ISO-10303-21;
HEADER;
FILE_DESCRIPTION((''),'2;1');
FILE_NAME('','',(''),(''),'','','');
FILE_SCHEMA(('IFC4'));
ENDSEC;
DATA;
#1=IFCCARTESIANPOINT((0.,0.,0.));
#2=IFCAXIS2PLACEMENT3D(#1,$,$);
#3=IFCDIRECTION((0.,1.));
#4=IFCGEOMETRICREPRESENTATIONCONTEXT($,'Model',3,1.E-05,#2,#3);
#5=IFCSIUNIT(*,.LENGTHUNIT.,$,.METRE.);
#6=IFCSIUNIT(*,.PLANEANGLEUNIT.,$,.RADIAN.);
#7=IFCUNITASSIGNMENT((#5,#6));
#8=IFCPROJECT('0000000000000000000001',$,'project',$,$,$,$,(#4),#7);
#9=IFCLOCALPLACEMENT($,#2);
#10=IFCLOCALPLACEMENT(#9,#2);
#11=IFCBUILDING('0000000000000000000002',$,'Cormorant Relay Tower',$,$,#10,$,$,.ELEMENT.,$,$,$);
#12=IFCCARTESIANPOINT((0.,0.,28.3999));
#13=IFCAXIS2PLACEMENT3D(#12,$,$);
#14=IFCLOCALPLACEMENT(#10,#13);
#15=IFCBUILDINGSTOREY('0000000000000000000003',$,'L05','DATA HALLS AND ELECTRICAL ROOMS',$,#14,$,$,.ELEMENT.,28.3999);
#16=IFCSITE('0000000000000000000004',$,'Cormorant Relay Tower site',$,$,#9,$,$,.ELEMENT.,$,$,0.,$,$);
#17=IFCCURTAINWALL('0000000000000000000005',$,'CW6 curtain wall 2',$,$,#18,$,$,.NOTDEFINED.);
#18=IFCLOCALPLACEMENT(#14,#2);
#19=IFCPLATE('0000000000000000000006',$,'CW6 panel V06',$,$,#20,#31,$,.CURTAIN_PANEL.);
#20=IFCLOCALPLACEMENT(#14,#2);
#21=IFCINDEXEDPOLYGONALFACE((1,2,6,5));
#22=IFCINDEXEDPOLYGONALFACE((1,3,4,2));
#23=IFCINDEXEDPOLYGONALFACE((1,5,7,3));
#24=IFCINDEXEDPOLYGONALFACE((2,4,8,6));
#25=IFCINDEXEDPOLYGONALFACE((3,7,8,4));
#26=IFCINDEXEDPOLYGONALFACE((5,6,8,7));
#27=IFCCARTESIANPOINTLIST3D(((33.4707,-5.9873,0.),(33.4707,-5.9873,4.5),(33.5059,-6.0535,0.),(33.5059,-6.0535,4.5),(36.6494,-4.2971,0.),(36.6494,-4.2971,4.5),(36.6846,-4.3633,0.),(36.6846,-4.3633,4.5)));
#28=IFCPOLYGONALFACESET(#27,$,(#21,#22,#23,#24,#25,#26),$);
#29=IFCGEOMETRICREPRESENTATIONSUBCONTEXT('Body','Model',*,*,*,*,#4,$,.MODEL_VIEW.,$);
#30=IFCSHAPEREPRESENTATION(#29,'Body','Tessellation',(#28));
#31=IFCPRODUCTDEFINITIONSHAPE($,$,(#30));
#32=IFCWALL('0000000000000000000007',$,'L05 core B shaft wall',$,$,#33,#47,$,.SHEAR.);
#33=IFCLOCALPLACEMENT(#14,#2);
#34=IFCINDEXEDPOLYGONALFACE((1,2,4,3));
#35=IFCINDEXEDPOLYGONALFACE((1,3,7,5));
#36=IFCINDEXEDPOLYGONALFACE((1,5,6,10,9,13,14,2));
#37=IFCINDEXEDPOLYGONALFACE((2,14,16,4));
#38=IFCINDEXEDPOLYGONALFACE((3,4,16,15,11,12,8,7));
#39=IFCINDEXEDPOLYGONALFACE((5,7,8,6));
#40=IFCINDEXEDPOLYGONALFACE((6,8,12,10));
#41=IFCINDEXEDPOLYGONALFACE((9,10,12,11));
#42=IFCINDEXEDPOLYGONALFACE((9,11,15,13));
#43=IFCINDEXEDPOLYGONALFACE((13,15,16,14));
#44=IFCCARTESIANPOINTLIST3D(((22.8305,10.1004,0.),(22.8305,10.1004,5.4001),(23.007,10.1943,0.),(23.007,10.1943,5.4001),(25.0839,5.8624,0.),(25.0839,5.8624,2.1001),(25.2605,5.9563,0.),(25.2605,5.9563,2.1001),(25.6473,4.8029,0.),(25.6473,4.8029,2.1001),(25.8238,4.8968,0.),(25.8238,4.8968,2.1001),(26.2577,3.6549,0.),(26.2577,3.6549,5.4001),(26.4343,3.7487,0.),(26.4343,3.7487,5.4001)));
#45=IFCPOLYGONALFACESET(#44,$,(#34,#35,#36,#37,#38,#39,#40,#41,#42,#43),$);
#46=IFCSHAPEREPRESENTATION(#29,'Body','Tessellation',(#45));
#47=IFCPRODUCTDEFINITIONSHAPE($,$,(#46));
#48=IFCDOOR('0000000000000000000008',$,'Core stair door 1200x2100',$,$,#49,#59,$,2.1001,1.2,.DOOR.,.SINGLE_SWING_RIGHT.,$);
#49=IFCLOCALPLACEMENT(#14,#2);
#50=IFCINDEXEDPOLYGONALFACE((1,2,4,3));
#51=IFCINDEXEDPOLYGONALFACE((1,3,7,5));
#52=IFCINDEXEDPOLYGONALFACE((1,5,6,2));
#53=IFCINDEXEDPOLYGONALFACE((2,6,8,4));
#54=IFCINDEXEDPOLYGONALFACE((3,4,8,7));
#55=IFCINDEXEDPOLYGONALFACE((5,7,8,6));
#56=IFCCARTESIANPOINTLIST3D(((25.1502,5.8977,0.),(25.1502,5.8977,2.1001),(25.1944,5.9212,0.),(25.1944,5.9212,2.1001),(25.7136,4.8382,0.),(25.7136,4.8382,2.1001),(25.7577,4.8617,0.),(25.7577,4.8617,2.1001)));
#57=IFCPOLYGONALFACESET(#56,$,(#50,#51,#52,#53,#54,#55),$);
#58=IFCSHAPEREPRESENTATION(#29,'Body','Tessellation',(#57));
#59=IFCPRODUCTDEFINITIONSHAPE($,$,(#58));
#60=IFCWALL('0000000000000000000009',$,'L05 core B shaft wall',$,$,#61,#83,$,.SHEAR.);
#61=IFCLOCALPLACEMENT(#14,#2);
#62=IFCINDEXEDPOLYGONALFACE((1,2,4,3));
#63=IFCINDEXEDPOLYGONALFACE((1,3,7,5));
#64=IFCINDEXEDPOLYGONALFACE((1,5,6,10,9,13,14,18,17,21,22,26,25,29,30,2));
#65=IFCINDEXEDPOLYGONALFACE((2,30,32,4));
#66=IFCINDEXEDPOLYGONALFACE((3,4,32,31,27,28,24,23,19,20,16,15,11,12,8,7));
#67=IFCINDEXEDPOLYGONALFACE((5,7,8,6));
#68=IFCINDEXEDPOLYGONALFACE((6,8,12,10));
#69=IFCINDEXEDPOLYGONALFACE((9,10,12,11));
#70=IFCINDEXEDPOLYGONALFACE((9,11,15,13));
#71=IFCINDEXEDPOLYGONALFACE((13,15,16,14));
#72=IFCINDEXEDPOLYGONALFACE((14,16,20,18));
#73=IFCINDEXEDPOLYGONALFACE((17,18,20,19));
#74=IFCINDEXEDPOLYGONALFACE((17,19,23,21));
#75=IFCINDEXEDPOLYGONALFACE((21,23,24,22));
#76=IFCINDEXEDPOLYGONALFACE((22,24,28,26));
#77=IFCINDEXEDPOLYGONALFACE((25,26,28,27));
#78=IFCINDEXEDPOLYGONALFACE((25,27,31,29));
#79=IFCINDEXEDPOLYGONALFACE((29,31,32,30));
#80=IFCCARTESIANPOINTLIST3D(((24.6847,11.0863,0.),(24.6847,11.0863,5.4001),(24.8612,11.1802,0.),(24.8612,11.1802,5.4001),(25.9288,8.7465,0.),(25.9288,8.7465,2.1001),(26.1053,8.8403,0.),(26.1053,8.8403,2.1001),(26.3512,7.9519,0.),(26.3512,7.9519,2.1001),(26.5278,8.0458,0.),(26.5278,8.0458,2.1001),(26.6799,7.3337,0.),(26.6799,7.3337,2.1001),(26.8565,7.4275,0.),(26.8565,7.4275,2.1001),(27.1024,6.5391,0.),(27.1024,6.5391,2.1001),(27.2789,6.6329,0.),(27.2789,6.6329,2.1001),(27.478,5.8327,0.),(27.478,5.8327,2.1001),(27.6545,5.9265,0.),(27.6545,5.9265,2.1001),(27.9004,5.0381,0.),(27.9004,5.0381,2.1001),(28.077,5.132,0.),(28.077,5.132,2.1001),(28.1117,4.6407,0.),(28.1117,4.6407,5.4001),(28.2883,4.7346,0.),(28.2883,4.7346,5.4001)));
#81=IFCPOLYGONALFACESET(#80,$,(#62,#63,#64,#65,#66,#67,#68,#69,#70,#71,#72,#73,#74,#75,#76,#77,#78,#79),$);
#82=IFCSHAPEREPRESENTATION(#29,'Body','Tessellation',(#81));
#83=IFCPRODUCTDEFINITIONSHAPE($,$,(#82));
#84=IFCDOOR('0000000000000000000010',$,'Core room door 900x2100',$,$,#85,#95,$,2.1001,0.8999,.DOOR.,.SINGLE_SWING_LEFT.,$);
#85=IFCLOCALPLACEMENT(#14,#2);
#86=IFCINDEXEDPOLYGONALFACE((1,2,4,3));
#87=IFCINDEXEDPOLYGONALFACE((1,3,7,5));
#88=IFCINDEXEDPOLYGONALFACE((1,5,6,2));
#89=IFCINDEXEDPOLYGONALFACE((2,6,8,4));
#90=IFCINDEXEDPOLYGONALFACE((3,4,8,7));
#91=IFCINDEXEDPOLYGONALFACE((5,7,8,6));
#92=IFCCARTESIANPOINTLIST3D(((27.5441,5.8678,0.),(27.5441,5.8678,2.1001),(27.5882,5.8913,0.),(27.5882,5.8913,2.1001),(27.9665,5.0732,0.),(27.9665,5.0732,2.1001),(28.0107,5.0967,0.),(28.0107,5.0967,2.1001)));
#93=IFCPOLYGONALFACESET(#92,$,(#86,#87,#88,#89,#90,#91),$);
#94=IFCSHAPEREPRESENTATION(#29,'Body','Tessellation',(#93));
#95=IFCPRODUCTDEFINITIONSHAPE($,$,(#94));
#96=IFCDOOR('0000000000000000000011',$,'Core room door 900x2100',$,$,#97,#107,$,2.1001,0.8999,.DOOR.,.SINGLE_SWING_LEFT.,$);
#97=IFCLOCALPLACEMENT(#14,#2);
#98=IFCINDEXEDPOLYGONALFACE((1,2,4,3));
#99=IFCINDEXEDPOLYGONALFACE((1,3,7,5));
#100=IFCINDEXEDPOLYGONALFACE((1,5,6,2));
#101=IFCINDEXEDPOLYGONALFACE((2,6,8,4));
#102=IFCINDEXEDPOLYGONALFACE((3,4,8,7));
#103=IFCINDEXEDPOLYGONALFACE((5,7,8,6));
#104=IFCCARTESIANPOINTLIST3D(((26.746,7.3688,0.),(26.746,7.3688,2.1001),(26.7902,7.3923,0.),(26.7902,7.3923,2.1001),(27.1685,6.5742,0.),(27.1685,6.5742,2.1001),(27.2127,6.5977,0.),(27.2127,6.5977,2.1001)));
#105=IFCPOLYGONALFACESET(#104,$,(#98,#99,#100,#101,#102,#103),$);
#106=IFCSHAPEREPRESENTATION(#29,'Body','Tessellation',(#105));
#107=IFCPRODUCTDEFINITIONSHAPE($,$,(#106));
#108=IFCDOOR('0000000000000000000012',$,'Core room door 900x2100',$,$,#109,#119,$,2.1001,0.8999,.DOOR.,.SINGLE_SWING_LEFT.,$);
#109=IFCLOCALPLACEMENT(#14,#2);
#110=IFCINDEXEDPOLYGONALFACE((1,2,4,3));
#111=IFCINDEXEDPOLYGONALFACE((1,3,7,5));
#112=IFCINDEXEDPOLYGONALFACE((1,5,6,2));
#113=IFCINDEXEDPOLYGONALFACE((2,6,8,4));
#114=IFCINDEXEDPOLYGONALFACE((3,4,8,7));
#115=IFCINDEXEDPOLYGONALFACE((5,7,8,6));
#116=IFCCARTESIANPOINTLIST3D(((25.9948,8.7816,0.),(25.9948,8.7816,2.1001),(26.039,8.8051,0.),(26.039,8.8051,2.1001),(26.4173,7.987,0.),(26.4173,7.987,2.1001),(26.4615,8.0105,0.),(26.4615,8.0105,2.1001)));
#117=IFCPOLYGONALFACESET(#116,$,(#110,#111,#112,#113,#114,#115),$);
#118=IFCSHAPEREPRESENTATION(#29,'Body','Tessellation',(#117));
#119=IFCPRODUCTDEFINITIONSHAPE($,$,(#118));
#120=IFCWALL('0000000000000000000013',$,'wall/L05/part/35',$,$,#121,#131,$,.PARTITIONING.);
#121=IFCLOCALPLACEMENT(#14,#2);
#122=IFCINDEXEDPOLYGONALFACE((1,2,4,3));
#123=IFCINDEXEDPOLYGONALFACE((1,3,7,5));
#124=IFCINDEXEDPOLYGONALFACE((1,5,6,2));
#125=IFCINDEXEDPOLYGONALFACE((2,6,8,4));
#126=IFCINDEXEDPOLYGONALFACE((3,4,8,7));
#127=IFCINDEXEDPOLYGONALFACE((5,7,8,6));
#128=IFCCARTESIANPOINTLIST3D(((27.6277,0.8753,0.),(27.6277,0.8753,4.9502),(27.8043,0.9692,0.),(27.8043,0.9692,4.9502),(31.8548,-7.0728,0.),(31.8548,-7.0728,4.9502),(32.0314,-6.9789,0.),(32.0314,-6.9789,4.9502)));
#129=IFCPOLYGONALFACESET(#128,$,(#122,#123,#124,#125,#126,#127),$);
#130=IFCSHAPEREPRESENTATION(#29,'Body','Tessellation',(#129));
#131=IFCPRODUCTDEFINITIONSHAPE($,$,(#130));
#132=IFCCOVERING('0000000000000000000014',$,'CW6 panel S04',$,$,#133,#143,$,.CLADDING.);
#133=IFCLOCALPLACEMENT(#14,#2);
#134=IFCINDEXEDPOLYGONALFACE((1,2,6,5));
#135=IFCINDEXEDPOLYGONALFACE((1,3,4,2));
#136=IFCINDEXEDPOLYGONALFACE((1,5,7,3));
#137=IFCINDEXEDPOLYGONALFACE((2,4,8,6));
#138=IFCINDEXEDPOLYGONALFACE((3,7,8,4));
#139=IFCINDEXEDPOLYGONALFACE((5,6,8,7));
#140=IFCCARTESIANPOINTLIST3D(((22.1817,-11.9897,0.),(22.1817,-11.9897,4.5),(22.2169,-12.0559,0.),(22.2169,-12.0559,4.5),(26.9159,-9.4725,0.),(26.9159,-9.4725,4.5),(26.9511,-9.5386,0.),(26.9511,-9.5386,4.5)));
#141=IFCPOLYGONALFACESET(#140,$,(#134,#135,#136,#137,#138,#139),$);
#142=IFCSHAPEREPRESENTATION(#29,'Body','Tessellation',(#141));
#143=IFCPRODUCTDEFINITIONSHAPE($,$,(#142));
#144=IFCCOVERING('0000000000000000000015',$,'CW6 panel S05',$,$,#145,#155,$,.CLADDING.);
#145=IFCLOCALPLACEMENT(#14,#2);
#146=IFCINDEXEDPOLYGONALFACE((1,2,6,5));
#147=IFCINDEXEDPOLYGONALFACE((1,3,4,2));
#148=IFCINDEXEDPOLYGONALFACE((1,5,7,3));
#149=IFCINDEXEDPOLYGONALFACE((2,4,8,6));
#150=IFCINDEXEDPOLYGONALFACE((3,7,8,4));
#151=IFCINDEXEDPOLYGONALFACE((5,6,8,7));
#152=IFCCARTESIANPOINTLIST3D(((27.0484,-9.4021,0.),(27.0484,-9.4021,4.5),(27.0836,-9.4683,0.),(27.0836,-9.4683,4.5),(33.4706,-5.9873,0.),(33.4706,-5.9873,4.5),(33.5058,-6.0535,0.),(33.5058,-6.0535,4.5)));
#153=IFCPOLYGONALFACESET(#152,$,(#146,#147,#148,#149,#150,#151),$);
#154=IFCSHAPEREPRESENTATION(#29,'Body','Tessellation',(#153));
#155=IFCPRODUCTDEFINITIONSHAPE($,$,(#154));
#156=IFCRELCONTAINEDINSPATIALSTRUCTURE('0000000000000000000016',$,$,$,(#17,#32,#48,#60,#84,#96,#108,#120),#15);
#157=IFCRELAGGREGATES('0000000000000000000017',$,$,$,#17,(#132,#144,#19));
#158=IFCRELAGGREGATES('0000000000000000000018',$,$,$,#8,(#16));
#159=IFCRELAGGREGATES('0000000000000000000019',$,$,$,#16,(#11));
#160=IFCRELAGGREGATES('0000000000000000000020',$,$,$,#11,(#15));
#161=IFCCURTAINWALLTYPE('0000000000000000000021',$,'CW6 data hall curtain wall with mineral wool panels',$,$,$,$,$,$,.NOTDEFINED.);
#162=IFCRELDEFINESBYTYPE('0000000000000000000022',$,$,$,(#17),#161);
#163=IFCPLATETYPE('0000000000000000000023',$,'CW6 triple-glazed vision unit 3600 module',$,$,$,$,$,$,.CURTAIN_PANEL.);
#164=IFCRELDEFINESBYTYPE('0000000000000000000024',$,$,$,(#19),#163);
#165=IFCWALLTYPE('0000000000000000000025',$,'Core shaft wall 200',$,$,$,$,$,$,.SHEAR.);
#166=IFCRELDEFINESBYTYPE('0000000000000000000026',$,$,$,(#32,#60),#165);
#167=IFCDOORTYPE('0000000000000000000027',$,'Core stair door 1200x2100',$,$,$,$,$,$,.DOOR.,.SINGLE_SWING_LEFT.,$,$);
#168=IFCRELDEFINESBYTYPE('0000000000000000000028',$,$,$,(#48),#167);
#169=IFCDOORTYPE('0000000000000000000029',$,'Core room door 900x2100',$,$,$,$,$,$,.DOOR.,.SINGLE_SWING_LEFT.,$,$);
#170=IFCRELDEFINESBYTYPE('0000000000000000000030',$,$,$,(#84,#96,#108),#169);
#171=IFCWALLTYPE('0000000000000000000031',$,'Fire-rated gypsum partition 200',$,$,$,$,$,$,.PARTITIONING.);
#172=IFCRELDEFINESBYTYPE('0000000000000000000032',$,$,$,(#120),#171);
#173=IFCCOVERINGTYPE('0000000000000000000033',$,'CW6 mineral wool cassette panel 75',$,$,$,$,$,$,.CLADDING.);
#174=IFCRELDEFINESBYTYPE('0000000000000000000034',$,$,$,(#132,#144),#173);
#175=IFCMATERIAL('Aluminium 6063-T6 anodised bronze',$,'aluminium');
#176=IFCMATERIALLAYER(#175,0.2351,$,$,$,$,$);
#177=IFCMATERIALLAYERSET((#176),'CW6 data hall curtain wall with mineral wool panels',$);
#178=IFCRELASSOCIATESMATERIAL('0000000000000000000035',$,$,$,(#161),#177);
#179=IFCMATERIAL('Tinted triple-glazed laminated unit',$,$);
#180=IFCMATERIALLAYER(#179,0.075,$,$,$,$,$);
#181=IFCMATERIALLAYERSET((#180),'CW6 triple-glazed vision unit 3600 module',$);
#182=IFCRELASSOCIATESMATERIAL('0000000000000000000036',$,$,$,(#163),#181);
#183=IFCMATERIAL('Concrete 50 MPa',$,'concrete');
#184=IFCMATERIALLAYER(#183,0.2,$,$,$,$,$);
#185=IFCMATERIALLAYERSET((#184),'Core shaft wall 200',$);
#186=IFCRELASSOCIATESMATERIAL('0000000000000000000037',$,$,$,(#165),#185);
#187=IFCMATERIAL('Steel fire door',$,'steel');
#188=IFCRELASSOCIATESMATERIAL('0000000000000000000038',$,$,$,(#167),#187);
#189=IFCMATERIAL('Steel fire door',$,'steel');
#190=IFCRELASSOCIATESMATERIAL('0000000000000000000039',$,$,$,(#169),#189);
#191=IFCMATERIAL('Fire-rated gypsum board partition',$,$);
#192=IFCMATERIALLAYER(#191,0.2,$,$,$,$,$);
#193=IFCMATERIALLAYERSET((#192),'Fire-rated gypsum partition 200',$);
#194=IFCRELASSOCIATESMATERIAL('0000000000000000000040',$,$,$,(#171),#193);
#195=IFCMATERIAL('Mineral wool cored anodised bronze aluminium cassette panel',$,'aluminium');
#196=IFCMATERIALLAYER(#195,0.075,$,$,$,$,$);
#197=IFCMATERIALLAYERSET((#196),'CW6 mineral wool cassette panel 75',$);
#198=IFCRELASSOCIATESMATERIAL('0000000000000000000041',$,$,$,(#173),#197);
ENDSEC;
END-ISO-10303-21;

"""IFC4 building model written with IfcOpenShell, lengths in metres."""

from ifc_helpers import new_model, si_unit, direction, frame, frame_2d, origin, origin_2d, place, context, subcontext, project, spatial, rectangle, extrude, material, layer, layer_set, type_object, element, fill, aggregate, save


model = new_model("IFC4")

# Units and contexts
model_context = context("Model", 3, precision=1e-05, world=origin(), true_north=direction((0.0, 1.0)))
body_context = subcontext(model_context, "Body", "Model", "MODEL_VIEW")
ifc_project = project(units=[si_unit("LENGTHUNIT", "METRE"), si_unit("PLANEANGLEUNIT", "RADIAN")], contexts=[model_context])

# Site, building, storey
site_placement = place(None, origin())
site = spatial("IfcSite", under=ifc_project, at=site_placement, Name="Cormorant Relay Tower site", CompositionType="ELEMENT", RefElevation=0.0)
building_placement = place(site_placement, origin())
building = spatial("IfcBuilding", under=site, at=building_placement, Name="Cormorant Relay Tower", CompositionType="ELEMENT")
storey_placement = place(building_placement, frame((0.0, 0.0, 28.3999)))
storey = spatial("IfcBuildingStorey", under=building, at=storey_placement, Name="L05", Description="DATA HALLS AND ELECTRICAL ROOMS", CompositionType="ELEMENT", Elevation=28.3999)

# Curtain wall
ifc_material_1 = material(Name="Aluminium 6063-T6 anodised bronze", Category="aluminium")
ifc_layer_1 = layer(ifc_material_1, 0.2351)
ifc_layer_set_1 = layer_set([ifc_layer_1], Name="CW6 data hall curtain wall with mineral wool panels")
curtain_wall_type = type_object("IfcCurtainWallType", Name="CW6 data hall curtain wall with mineral wool panels", PredefinedType="NOTDEFINED", material=ifc_layer_set_1)
curtain_wall_placement = place(storey_placement, origin())
curtain_wall = element("IfcCurtainWall", 1, at=curtain_wall_placement, inside=storey, type_object=curtain_wall_type, Name="CW6 curtain wall 2", PredefinedType="NOTDEFINED")

# Plate
ifc_material_2 = material(Name="Tinted triple-glazed laminated unit")
ifc_layer_2 = layer(ifc_material_2, 0.075)
ifc_layer_set_2 = layer_set([ifc_layer_2], Name="CW6 triple-glazed vision unit 3600 module")
plate_type = type_object("IfcPlateType", Name="CW6 triple-glazed vision unit 3600 module", PredefinedType="CURTAIN_PANEL", material=ifc_layer_set_2)
plate_placement = place(storey_placement, frame((35.0776, -5.1753, 0.0), z_axis=(0.0, 0.0, 1.0), x_axis=(0.882948, 0.469472, 0.0)))
plate = element("IfcPlate", 2, at=plate_placement, type_object=plate_type, Name="CW6 panel V06", PredefinedType="CURTAIN_PANEL", context=body_context, shape_type="SweptSolid", body=[
    extrude(rectangle(XDim=3.6001, YDim=0.075, at=origin_2d()), origin(), (0.0, 0.0, 1.0), 4.5),
])

# Wall, opening, door
ifc_material_3 = material(Name="Concrete 50 MPa", Category="concrete")
ifc_layer_3 = layer(ifc_material_3, 0.2)
ifc_layer_set_3 = layer_set([ifc_layer_3], Name="Core shaft wall 200")
wall_type_1 = type_object("IfcWallType", Name="Core shaft wall 200", PredefinedType="SHEAR", material=ifc_layer_set_3)
wall_1_placement = place(storey_placement, frame((26.3459, 3.7019, 0.0), z_axis=(0.0, 0.0, 1.0), x_axis=(-0.46948, 0.882943, 0.0)))
wall_1 = element("IfcWall", 3, at=wall_1_placement, inside=storey, type_object=wall_type_1, Name="L05 core B shaft wall", PredefinedType="SHEAR", context=body_context, shape_type="SweptSolid", body=[
    extrude(rectangle(XDim=7.3, YDim=0.2, at=frame_2d((3.6499, 0.0))), origin(), (0.0, 0.0, 1.0), 5.4001),
])
opening_1_placement = place(wall_1_placement, frame((1.3, 0.0, 0.0)))
opening_1 = element("IfcOpeningElement", 4, at=opening_1_placement, cuts=wall_1, PredefinedType="OPENING", context=body_context, shape_type="SweptSolid", body=[
    extrude(rectangle(XDim=1.2, YDim=2.1001, at=frame_2d((0.6001, 1.05))), frame((0.0, 0.1099, 0.0), z_axis=(0.0, -1.0, 0.0), x_axis=(1.0, 0.0, 0.0)), (0.0, 0.0, 1.0), 0.22),
])
ifc_material_4 = material(Name="Steel fire door", Category="steel")
door_type_1 = type_object("IfcDoorType", Name="Core stair door 1200x2100", OperationType="SINGLE_SWING_LEFT", PredefinedType="DOOR", material=ifc_material_4)
door_1_placement = place(opening_1_placement, origin())
door_1 = element("IfcDoor", 5, at=door_1_placement, inside=storey, type_object=door_type_1, Name="Core stair door 1200x2100", OperationType="SINGLE_SWING_RIGHT", OverallHeight=2.1001, OverallWidth=1.2, PredefinedType="DOOR", context=body_context, shape_type="SweptSolid", body=[
    extrude(rectangle(XDim=1.2, YDim=2.1001, at=frame_2d((0.6001, 1.05))), frame((0.0, 0.0249, 0.0), z_axis=(0.0, -1.0, 0.0), x_axis=(1.0, 0.0, 0.0)), (0.0, 0.0, 1.0), 0.05),
])
fill(opening_1, door_1)

# Wall, openings, doors
wall_2_placement = place(storey_placement, frame((28.2, 4.6877, 0.0), z_axis=(0.0, 0.0, 1.0), x_axis=(-0.469454, 0.882957, 0.0)))
wall_2 = element("IfcWall", 6, at=wall_2_placement, inside=storey, type_object=wall_type_1, Name="L05 core B shaft wall", PredefinedType="SHEAR", context=body_context, shape_type="SweptSolid", body=[
    extrude(rectangle(XDim=7.3, YDim=0.2, at=frame_2d((3.6499, 0.0))), origin(), (0.0, 0.0, 1.0), 5.4001),
])
opening_2_placement = place(wall_2_placement, frame((0.45, 0.0, 0.0)))
opening_2 = element("IfcOpeningElement", 7, at=opening_2_placement, cuts=wall_2, PredefinedType="OPENING", context=body_context, shape_type="SweptSolid", body=[
    extrude(rectangle(XDim=0.8999, YDim=2.1001, at=frame_2d((0.45, 1.05))), frame((0.0, 0.1099, 0.0), z_axis=(0.0, -1.0, 0.0), x_axis=(1.0, 0.0, 0.0)), (0.0, 0.0, 1.0), 0.22),
])
opening_3_placement = place(wall_2_placement, frame((2.1499, 0.0, 0.0)))
opening_3 = element("IfcOpeningElement", 8, at=opening_3_placement, cuts=wall_2, PredefinedType="OPENING", context=body_context, shape_type="SweptSolid", body=[
    extrude(rectangle(XDim=0.8999, YDim=2.1001, at=frame_2d((0.45, 1.05))), frame((0.0, 0.1099, 0.0), z_axis=(0.0, -1.0, 0.0), x_axis=(1.0, 0.0, 0.0)), (0.0, 0.0, 1.0), 0.22),
])
opening_4_placement = place(wall_2_placement, frame((3.75, 0.0, 0.0)))
opening_4 = element("IfcOpeningElement", 9, at=opening_4_placement, cuts=wall_2, PredefinedType="OPENING", context=body_context, shape_type="SweptSolid", body=[
    extrude(rectangle(XDim=0.8999, YDim=2.1001, at=frame_2d((0.45, 1.05))), frame((0.0, 0.1099, 0.0), z_axis=(0.0, -1.0, 0.0), x_axis=(1.0, 0.0, 0.0)), (0.0, 0.0, 1.0), 0.22),
])
ifc_material_5 = material(Name="Steel fire door", Category="steel")
door_type_2 = type_object("IfcDoorType", Name="Core room door 900x2100", OperationType="SINGLE_SWING_LEFT", PredefinedType="DOOR", material=ifc_material_5)
door_2_placement = place(opening_2_placement, frame((0.8999, 0.0, 0.0), z_axis=(0.0, 0.0, 1.0), x_axis=(-1.0, 0.0, 0.0)))
door_2 = element("IfcDoor", 10, at=door_2_placement, inside=storey, type_object=door_type_2, Name="Core room door 900x2100", OperationType="SINGLE_SWING_LEFT", OverallHeight=2.1001, OverallWidth=0.8999, PredefinedType="DOOR", context=body_context, shape_type="SweptSolid", body=[
    extrude(rectangle(XDim=0.8999, YDim=2.1001, at=frame_2d((0.45, 1.05))), frame((0.0, 0.0249, 0.0), z_axis=(0.0, -1.0, 0.0), x_axis=(1.0, 0.0, 0.0)), (0.0, 0.0, 1.0), 0.05),
])
fill(opening_2, door_2)
door_3_placement = place(opening_3_placement, frame((0.8999, 0.0, 0.0), z_axis=(0.0, 0.0, 1.0), x_axis=(-1.0, 0.0, 0.0)))
door_3 = element("IfcDoor", 11, at=door_3_placement, inside=storey, type_object=door_type_2, Name="Core room door 900x2100", OperationType="SINGLE_SWING_LEFT", OverallHeight=2.1001, OverallWidth=0.8999, PredefinedType="DOOR", context=body_context, shape_type="SweptSolid", body=[
    extrude(rectangle(XDim=0.8999, YDim=2.1001, at=frame_2d((0.45, 1.05))), frame((0.0, 0.0249, 0.0), z_axis=(0.0, -1.0, 0.0), x_axis=(1.0, 0.0, 0.0)), (0.0, 0.0, 1.0), 0.05),
])
fill(opening_3, door_3)
door_4_placement = place(opening_4_placement, frame((0.8999, 0.0, 0.0), z_axis=(0.0, 0.0, 1.0), x_axis=(-1.0, 0.0, 0.0)))
door_4 = element("IfcDoor", 12, at=door_4_placement, inside=storey, type_object=door_type_2, Name="Core room door 900x2100", OperationType="SINGLE_SWING_LEFT", OverallHeight=2.1001, OverallWidth=0.8999, PredefinedType="DOOR", context=body_context, shape_type="SweptSolid", body=[
    extrude(rectangle(XDim=0.8999, YDim=2.1001, at=frame_2d((0.45, 1.05))), frame((0.0, 0.0249, 0.0), z_axis=(0.0, -1.0, 0.0), x_axis=(1.0, 0.0, 0.0)), (0.0, 0.0, 1.0), 0.05),
])
fill(opening_4, door_4)

# Wall
ifc_material_6 = material(Name="Fire-rated gypsum board partition")
ifc_layer_4 = layer(ifc_material_6, 0.2)
ifc_layer_set_4 = layer_set([ifc_layer_4], Name="Fire-rated gypsum partition 200")
wall_type_2 = type_object("IfcWallType", Name="Fire-rated gypsum partition 200", PredefinedType="PARTITIONING", material=ifc_layer_set_4)
wall_3_placement = place(storey_placement, frame((27.7161, 0.9221, 0.0), z_axis=(0.0, 0.0, 1.0), x_axis=(0.46956, -0.8829, 0.0)))
element("IfcWall", 13, at=wall_3_placement, inside=storey, type_object=wall_type_2, Name="wall/L05/part/35", PredefinedType="PARTITIONING", context=body_context, shape_type="SweptSolid", body=[
    extrude(rectangle(XDim=9.0022, YDim=0.2, at=frame_2d((4.501, 0.0))), origin(), (0.0, 0.0, 1.0), 4.9502),
])

# Coverings
ifc_material_7 = material(Name="Mineral wool cored anodised bronze aluminium cassette panel", Category="aluminium")
ifc_layer_5 = layer(ifc_material_7, 0.075)
ifc_layer_set_5 = layer_set([ifc_layer_5], Name="CW6 mineral wool cassette panel 75")
covering_type = type_object("IfcCoveringType", Name="CW6 mineral wool cassette panel 75", PredefinedType="CLADDING", material=ifc_layer_set_5)
covering_1_placement = place(storey_placement, frame((24.5664, -10.7642, 0.0), z_axis=(0.0, 0.0, 1.0), x_axis=(0.882948, 0.469472, 0.0)))
covering_1 = element("IfcCovering", 14, at=covering_1_placement, type_object=covering_type, Name="CW6 panel S04", PredefinedType="CLADDING", context=body_context, shape_type="SweptSolid", body=[
    extrude(rectangle(XDim=5.3618, YDim=0.075, at=origin_2d()), origin(), (0.0, 0.0, 1.0), 4.5),
])
covering_2_placement = place(storey_placement, frame((30.2771, -7.7278, 0.0), z_axis=(0.0, 0.0, 1.0), x_axis=(0.882948, 0.469472, 0.0)))
covering_2 = element("IfcCovering", 15, at=covering_2_placement, type_object=covering_type, Name="CW6 panel S05", PredefinedType="CLADDING", context=body_context, shape_type="SweptSolid", body=[
    extrude(rectangle(XDim=7.2737, YDim=0.075, at=origin_2d()), origin(), (0.0, 0.0, 1.0), 4.5),
])
aggregate(curtain_wall, [covering_1, covering_2, plate])

save(model, "model.ifc")
